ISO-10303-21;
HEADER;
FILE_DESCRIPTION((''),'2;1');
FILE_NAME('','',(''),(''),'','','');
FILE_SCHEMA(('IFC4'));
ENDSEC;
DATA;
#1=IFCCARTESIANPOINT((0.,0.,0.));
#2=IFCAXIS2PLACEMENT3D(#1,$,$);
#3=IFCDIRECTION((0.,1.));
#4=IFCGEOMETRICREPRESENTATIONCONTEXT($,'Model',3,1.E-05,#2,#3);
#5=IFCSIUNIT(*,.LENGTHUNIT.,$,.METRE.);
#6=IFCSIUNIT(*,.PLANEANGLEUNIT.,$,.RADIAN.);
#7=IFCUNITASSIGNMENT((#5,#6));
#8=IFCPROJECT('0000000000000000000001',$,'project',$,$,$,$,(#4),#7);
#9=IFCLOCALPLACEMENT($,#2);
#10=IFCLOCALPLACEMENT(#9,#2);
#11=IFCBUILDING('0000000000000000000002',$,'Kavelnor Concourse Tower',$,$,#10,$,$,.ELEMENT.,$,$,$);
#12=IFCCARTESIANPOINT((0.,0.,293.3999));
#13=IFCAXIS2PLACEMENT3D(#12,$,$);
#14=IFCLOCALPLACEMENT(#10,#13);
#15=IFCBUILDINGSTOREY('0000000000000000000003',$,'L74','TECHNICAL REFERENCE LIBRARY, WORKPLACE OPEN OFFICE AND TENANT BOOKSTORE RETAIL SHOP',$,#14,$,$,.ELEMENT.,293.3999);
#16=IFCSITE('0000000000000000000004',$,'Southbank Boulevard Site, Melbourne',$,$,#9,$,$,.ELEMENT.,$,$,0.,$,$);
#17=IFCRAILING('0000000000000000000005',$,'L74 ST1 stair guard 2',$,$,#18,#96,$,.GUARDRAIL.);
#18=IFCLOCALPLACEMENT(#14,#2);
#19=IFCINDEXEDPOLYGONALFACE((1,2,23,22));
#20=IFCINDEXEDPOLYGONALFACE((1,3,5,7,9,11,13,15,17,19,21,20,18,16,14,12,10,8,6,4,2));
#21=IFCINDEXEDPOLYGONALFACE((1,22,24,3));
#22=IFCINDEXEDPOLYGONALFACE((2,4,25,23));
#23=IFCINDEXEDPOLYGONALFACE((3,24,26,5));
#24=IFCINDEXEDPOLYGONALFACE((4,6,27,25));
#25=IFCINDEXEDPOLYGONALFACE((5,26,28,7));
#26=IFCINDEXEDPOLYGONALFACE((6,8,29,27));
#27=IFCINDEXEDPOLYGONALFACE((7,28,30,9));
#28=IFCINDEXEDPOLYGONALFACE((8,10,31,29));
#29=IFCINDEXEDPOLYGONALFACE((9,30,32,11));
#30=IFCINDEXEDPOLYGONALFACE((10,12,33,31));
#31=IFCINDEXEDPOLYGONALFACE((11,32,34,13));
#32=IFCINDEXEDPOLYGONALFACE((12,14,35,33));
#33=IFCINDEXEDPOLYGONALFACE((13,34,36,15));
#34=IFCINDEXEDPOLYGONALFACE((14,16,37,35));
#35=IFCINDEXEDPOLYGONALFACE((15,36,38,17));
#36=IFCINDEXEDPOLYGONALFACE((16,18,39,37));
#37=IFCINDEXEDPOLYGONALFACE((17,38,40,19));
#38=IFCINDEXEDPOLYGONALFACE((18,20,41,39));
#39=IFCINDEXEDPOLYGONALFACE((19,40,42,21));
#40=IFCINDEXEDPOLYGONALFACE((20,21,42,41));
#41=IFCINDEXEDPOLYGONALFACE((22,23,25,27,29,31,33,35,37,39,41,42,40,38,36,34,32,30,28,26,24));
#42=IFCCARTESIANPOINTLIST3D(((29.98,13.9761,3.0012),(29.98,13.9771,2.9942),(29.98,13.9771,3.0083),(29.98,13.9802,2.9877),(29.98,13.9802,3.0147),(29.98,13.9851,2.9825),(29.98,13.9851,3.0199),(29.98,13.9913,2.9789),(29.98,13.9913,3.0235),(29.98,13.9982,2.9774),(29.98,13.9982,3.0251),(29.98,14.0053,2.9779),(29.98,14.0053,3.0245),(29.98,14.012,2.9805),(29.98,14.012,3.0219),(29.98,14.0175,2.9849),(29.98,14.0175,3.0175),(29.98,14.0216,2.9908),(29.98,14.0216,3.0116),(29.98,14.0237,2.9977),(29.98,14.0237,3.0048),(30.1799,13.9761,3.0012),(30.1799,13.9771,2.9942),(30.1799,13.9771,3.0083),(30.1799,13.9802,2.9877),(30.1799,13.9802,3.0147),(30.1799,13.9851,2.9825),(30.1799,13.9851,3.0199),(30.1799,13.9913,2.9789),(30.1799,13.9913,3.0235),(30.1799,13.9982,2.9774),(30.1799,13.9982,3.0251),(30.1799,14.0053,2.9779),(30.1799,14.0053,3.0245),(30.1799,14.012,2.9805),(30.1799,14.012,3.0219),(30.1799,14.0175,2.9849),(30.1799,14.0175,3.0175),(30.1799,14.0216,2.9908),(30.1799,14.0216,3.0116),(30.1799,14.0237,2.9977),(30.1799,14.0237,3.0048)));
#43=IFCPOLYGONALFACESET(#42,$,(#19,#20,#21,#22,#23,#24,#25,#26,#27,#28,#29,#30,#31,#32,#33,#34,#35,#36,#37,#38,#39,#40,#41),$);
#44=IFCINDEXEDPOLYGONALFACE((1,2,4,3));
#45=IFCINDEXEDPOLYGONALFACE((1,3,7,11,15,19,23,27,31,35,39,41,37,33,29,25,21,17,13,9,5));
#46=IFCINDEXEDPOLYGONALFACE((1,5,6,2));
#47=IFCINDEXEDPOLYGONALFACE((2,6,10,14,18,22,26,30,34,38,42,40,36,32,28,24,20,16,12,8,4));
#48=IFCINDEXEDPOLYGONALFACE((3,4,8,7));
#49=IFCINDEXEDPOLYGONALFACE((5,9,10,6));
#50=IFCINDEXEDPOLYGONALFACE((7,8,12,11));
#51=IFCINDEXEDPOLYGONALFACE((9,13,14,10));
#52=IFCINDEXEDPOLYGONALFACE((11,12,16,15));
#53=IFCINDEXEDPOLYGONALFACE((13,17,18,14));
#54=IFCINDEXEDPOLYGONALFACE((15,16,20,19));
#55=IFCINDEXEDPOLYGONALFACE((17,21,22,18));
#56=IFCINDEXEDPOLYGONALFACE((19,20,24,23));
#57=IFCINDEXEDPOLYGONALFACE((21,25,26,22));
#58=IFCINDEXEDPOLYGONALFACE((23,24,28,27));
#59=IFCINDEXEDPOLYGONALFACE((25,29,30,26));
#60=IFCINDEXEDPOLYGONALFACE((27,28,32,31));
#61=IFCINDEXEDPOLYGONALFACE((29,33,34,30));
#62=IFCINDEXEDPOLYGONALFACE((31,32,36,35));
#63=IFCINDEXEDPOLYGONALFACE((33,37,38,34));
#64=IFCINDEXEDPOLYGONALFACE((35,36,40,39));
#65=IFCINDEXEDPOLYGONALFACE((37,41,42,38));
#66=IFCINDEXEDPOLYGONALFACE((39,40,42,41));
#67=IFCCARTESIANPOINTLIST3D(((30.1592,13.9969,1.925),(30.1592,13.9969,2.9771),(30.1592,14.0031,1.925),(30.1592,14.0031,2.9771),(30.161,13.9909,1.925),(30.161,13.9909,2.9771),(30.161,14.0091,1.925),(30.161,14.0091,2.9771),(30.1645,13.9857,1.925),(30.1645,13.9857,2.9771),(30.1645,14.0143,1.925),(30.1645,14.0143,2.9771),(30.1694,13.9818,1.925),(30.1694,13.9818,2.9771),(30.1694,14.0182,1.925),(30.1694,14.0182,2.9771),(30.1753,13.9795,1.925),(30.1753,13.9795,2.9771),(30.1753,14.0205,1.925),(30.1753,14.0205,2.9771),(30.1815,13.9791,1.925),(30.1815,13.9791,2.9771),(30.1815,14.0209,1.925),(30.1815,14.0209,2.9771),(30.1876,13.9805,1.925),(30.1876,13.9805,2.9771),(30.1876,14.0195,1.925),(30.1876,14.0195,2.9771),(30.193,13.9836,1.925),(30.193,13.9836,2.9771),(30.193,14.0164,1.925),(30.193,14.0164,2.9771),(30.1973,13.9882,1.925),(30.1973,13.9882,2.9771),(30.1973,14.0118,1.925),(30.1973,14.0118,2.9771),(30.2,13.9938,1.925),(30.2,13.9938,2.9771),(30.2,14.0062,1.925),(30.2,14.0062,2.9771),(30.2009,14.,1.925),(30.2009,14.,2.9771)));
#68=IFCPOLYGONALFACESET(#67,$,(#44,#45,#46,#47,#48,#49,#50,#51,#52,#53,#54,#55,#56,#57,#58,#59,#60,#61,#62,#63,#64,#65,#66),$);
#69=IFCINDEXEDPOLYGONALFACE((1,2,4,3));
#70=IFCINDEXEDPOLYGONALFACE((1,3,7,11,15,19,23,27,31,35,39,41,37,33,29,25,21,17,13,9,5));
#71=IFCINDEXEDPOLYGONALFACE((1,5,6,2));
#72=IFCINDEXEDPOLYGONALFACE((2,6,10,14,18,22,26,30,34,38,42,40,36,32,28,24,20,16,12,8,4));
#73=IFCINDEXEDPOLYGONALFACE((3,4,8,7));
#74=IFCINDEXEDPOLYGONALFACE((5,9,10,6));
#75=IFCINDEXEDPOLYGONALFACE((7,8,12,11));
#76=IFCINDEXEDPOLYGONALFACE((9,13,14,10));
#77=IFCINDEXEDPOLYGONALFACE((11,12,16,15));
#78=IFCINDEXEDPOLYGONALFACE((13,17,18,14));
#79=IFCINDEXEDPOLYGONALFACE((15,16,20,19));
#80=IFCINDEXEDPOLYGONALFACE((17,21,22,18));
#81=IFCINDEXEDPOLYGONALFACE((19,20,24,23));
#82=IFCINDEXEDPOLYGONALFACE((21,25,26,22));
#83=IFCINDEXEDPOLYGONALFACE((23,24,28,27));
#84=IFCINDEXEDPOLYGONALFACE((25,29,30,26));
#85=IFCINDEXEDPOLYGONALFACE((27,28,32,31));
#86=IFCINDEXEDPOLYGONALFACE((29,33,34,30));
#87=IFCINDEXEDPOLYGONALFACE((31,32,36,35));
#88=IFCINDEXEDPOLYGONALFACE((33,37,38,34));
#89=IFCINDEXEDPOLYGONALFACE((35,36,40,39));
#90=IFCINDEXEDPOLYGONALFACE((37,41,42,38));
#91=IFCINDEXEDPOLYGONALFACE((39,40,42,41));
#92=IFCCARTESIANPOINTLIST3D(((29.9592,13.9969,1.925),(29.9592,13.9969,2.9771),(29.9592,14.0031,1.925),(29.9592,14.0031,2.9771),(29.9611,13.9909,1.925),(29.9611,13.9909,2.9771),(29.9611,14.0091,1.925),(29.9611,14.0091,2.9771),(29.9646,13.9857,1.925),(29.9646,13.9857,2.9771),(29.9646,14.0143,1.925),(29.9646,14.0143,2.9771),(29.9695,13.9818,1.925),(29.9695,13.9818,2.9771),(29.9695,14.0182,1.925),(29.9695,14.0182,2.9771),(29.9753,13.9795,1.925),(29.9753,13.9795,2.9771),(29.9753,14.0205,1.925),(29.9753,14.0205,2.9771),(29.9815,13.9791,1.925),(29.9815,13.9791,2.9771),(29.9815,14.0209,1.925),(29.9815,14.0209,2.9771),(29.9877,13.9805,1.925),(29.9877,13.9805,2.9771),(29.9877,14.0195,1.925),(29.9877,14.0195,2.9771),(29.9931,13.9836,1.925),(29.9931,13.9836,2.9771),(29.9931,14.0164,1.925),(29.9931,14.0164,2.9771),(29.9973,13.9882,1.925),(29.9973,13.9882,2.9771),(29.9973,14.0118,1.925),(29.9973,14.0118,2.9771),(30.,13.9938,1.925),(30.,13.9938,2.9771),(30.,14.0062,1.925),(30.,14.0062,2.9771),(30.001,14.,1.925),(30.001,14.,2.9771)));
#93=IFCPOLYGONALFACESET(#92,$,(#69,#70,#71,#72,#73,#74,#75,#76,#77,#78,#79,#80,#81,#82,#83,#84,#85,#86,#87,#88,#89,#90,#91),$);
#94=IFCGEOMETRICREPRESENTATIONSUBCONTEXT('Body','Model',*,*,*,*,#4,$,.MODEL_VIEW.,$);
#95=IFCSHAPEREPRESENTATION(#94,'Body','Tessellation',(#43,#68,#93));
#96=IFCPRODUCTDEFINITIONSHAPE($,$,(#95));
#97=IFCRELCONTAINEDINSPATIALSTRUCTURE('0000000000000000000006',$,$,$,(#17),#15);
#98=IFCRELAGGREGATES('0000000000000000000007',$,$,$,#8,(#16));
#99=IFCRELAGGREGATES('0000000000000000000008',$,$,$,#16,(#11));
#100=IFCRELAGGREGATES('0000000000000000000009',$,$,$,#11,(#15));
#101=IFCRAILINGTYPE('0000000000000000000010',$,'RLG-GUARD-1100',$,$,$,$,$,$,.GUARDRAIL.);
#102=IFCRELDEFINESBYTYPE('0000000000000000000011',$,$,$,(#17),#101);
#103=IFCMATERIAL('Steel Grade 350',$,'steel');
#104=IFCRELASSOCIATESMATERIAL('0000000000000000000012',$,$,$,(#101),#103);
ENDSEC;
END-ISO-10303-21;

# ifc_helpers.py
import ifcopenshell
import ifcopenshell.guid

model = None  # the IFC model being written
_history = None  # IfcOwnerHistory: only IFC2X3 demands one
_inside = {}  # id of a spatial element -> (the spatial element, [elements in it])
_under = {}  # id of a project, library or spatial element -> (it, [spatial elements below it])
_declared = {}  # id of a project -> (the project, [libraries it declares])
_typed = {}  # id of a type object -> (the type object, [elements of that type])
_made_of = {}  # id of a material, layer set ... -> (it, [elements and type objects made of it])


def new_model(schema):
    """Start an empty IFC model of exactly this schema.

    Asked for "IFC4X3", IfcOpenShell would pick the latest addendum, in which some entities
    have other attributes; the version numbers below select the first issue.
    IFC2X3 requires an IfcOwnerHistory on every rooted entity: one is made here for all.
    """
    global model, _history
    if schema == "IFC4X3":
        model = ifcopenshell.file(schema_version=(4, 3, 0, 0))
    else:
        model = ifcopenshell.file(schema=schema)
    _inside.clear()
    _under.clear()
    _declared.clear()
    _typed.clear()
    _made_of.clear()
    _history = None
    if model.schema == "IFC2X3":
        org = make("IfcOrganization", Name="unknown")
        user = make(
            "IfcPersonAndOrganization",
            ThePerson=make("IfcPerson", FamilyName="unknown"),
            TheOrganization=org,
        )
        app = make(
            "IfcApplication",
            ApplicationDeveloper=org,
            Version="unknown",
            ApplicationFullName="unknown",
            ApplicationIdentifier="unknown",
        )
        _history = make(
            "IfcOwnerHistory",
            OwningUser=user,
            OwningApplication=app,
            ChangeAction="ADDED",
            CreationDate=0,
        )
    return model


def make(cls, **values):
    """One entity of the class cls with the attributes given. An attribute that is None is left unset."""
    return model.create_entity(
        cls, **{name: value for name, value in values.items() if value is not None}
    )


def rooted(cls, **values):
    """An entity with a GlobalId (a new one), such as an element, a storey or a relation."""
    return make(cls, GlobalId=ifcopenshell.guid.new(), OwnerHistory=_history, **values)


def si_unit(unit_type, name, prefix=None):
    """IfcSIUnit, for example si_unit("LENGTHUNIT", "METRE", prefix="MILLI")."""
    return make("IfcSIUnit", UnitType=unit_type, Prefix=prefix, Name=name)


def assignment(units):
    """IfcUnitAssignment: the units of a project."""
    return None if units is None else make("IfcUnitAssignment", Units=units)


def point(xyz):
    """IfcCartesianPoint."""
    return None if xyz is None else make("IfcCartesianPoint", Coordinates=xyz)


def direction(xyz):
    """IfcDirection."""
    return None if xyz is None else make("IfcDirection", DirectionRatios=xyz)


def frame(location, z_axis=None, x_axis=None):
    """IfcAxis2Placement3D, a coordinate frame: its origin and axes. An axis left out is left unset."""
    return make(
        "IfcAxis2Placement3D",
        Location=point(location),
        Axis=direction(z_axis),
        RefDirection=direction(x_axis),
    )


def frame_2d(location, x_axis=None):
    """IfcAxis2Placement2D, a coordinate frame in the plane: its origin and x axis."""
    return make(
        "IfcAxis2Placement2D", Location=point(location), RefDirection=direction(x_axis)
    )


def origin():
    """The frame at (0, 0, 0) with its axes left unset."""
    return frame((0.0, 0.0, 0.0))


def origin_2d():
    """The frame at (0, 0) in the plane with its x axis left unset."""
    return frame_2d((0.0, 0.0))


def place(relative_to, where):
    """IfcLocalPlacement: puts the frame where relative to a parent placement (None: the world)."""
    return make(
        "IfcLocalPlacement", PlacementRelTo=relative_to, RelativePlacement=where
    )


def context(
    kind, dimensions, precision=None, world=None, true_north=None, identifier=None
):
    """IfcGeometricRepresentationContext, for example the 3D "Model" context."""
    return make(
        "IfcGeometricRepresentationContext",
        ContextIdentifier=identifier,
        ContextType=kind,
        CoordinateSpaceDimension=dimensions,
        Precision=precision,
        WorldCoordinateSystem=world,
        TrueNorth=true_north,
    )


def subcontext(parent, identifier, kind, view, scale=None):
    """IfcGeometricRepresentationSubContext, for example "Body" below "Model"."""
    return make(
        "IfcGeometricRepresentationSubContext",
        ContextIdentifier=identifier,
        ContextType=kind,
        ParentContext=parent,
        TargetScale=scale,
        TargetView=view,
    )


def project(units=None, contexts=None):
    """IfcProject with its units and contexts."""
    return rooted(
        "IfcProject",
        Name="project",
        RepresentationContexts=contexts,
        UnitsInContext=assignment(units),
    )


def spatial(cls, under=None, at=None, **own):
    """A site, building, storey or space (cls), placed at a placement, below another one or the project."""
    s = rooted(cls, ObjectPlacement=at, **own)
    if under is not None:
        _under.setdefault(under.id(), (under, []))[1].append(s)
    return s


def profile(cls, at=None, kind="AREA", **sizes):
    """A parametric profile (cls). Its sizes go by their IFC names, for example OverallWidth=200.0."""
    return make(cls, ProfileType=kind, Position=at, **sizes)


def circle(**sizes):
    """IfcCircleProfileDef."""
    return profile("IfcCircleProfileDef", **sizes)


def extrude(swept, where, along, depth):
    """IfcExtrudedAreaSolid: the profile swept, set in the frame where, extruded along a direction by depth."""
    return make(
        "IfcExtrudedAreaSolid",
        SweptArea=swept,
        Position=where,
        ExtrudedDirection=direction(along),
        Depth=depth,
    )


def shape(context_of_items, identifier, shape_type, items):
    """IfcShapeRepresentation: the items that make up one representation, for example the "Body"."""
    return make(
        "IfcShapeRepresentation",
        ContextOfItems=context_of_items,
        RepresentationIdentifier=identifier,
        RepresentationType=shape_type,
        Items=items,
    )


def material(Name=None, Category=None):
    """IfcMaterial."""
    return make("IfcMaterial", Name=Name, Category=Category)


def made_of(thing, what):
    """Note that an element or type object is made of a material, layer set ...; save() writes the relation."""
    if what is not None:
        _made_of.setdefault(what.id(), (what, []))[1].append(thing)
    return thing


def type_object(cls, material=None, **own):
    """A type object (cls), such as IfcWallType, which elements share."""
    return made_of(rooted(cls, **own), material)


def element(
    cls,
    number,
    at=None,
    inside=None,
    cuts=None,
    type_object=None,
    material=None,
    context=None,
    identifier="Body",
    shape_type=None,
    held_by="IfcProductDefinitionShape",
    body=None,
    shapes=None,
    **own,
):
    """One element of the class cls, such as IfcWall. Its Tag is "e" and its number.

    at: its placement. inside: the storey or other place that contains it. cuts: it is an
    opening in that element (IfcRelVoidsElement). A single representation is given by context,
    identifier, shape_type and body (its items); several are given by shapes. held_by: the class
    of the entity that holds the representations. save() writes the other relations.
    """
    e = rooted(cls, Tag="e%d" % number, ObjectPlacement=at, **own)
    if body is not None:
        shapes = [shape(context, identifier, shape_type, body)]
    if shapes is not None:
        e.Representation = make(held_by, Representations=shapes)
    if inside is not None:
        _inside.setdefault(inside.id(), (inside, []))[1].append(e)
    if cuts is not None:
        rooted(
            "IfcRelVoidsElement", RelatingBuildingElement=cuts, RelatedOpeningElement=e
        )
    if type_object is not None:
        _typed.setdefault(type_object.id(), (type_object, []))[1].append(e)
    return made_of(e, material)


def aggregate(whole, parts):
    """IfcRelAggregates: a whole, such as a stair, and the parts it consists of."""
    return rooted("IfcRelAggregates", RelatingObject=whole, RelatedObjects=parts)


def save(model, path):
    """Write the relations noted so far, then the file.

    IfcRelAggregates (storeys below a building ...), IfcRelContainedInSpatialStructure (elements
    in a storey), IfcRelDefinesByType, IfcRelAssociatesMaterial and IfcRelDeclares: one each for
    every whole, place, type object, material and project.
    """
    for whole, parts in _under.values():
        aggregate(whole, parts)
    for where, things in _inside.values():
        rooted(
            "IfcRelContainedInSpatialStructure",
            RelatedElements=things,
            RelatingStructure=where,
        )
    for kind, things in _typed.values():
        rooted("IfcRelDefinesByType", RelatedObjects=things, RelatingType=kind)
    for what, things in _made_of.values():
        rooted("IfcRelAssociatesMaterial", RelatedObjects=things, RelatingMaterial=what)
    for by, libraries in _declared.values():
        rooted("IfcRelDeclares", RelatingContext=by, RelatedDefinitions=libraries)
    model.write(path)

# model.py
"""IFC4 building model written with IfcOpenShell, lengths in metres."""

from ifc_helpers import new_model, si_unit, direction, frame, origin, origin_2d, place, context, subcontext, project, spatial, circle, extrude, material, type_object, element, save


model = new_model("IFC4")

# Units and contexts
model_context = context("Model", 3, precision=1e-05, world=origin(), true_north=direction((0.0, 1.0)))
body_context = subcontext(model_context, "Body", "Model", "MODEL_VIEW")
ifc_project = project(units=[si_unit("LENGTHUNIT", "METRE"), si_unit("PLANEANGLEUNIT", "RADIAN")], contexts=[model_context])

# Site, building, storey
site_placement = place(None, origin())
site = spatial("IfcSite", under=ifc_project, at=site_placement, Name="Southbank Boulevard Site, Melbourne", CompositionType="ELEMENT", RefElevation=0.0)
building_placement = place(site_placement, origin())
building = spatial("IfcBuilding", under=site, at=building_placement, Name="Kavelnor Concourse Tower", CompositionType="ELEMENT")
storey_placement = place(building_placement, frame((0.0, 0.0, 293.3999)))
storey = spatial("IfcBuildingStorey", under=building, at=storey_placement, Name="L74", Description="TECHNICAL REFERENCE LIBRARY, WORKPLACE OPEN OFFICE AND TENANT BOOKSTORE RETAIL SHOP", CompositionType="ELEMENT", Elevation=293.3999)

# Shared definitions
ifc_material_1 = material(Name="Steel Grade 350", Category="steel")

# Railing
railing_type_1 = type_object("IfcRailingType", Name="RLG-GUARD-1100", PredefinedType="GUARDRAIL", material=ifc_material_1)
railing_1_placement = place(storey_placement, frame((30.1799, 14.0, 1.925)))
element("IfcRailing", 1, at=railing_1_placement, inside=storey, type_object=railing_type_1, Name="L74 ST1 stair guard 2", PredefinedType="GUARDRAIL", context=body_context, shape_type="SweptSolid", body=[
    extrude(circle(Radius=0.0239, at=origin_2d()), frame((0.0, 0.0, 1.0762), z_axis=(-1.0, 0.0, 0.0), x_axis=(0.0, -1.0, 0.0)), (0.0, 0.0, 1.0), 0.2),
    extrude(circle(Radius=0.021, at=origin_2d()), origin(), (0.0, 0.0, 1.0), 1.052),
    extrude(circle(Radius=0.021, at=origin_2d()), frame((-0.2, 0.0, 0.0)), (0.0, 0.0, 1.0), 1.052),
])

save(model, "model.ifc")
